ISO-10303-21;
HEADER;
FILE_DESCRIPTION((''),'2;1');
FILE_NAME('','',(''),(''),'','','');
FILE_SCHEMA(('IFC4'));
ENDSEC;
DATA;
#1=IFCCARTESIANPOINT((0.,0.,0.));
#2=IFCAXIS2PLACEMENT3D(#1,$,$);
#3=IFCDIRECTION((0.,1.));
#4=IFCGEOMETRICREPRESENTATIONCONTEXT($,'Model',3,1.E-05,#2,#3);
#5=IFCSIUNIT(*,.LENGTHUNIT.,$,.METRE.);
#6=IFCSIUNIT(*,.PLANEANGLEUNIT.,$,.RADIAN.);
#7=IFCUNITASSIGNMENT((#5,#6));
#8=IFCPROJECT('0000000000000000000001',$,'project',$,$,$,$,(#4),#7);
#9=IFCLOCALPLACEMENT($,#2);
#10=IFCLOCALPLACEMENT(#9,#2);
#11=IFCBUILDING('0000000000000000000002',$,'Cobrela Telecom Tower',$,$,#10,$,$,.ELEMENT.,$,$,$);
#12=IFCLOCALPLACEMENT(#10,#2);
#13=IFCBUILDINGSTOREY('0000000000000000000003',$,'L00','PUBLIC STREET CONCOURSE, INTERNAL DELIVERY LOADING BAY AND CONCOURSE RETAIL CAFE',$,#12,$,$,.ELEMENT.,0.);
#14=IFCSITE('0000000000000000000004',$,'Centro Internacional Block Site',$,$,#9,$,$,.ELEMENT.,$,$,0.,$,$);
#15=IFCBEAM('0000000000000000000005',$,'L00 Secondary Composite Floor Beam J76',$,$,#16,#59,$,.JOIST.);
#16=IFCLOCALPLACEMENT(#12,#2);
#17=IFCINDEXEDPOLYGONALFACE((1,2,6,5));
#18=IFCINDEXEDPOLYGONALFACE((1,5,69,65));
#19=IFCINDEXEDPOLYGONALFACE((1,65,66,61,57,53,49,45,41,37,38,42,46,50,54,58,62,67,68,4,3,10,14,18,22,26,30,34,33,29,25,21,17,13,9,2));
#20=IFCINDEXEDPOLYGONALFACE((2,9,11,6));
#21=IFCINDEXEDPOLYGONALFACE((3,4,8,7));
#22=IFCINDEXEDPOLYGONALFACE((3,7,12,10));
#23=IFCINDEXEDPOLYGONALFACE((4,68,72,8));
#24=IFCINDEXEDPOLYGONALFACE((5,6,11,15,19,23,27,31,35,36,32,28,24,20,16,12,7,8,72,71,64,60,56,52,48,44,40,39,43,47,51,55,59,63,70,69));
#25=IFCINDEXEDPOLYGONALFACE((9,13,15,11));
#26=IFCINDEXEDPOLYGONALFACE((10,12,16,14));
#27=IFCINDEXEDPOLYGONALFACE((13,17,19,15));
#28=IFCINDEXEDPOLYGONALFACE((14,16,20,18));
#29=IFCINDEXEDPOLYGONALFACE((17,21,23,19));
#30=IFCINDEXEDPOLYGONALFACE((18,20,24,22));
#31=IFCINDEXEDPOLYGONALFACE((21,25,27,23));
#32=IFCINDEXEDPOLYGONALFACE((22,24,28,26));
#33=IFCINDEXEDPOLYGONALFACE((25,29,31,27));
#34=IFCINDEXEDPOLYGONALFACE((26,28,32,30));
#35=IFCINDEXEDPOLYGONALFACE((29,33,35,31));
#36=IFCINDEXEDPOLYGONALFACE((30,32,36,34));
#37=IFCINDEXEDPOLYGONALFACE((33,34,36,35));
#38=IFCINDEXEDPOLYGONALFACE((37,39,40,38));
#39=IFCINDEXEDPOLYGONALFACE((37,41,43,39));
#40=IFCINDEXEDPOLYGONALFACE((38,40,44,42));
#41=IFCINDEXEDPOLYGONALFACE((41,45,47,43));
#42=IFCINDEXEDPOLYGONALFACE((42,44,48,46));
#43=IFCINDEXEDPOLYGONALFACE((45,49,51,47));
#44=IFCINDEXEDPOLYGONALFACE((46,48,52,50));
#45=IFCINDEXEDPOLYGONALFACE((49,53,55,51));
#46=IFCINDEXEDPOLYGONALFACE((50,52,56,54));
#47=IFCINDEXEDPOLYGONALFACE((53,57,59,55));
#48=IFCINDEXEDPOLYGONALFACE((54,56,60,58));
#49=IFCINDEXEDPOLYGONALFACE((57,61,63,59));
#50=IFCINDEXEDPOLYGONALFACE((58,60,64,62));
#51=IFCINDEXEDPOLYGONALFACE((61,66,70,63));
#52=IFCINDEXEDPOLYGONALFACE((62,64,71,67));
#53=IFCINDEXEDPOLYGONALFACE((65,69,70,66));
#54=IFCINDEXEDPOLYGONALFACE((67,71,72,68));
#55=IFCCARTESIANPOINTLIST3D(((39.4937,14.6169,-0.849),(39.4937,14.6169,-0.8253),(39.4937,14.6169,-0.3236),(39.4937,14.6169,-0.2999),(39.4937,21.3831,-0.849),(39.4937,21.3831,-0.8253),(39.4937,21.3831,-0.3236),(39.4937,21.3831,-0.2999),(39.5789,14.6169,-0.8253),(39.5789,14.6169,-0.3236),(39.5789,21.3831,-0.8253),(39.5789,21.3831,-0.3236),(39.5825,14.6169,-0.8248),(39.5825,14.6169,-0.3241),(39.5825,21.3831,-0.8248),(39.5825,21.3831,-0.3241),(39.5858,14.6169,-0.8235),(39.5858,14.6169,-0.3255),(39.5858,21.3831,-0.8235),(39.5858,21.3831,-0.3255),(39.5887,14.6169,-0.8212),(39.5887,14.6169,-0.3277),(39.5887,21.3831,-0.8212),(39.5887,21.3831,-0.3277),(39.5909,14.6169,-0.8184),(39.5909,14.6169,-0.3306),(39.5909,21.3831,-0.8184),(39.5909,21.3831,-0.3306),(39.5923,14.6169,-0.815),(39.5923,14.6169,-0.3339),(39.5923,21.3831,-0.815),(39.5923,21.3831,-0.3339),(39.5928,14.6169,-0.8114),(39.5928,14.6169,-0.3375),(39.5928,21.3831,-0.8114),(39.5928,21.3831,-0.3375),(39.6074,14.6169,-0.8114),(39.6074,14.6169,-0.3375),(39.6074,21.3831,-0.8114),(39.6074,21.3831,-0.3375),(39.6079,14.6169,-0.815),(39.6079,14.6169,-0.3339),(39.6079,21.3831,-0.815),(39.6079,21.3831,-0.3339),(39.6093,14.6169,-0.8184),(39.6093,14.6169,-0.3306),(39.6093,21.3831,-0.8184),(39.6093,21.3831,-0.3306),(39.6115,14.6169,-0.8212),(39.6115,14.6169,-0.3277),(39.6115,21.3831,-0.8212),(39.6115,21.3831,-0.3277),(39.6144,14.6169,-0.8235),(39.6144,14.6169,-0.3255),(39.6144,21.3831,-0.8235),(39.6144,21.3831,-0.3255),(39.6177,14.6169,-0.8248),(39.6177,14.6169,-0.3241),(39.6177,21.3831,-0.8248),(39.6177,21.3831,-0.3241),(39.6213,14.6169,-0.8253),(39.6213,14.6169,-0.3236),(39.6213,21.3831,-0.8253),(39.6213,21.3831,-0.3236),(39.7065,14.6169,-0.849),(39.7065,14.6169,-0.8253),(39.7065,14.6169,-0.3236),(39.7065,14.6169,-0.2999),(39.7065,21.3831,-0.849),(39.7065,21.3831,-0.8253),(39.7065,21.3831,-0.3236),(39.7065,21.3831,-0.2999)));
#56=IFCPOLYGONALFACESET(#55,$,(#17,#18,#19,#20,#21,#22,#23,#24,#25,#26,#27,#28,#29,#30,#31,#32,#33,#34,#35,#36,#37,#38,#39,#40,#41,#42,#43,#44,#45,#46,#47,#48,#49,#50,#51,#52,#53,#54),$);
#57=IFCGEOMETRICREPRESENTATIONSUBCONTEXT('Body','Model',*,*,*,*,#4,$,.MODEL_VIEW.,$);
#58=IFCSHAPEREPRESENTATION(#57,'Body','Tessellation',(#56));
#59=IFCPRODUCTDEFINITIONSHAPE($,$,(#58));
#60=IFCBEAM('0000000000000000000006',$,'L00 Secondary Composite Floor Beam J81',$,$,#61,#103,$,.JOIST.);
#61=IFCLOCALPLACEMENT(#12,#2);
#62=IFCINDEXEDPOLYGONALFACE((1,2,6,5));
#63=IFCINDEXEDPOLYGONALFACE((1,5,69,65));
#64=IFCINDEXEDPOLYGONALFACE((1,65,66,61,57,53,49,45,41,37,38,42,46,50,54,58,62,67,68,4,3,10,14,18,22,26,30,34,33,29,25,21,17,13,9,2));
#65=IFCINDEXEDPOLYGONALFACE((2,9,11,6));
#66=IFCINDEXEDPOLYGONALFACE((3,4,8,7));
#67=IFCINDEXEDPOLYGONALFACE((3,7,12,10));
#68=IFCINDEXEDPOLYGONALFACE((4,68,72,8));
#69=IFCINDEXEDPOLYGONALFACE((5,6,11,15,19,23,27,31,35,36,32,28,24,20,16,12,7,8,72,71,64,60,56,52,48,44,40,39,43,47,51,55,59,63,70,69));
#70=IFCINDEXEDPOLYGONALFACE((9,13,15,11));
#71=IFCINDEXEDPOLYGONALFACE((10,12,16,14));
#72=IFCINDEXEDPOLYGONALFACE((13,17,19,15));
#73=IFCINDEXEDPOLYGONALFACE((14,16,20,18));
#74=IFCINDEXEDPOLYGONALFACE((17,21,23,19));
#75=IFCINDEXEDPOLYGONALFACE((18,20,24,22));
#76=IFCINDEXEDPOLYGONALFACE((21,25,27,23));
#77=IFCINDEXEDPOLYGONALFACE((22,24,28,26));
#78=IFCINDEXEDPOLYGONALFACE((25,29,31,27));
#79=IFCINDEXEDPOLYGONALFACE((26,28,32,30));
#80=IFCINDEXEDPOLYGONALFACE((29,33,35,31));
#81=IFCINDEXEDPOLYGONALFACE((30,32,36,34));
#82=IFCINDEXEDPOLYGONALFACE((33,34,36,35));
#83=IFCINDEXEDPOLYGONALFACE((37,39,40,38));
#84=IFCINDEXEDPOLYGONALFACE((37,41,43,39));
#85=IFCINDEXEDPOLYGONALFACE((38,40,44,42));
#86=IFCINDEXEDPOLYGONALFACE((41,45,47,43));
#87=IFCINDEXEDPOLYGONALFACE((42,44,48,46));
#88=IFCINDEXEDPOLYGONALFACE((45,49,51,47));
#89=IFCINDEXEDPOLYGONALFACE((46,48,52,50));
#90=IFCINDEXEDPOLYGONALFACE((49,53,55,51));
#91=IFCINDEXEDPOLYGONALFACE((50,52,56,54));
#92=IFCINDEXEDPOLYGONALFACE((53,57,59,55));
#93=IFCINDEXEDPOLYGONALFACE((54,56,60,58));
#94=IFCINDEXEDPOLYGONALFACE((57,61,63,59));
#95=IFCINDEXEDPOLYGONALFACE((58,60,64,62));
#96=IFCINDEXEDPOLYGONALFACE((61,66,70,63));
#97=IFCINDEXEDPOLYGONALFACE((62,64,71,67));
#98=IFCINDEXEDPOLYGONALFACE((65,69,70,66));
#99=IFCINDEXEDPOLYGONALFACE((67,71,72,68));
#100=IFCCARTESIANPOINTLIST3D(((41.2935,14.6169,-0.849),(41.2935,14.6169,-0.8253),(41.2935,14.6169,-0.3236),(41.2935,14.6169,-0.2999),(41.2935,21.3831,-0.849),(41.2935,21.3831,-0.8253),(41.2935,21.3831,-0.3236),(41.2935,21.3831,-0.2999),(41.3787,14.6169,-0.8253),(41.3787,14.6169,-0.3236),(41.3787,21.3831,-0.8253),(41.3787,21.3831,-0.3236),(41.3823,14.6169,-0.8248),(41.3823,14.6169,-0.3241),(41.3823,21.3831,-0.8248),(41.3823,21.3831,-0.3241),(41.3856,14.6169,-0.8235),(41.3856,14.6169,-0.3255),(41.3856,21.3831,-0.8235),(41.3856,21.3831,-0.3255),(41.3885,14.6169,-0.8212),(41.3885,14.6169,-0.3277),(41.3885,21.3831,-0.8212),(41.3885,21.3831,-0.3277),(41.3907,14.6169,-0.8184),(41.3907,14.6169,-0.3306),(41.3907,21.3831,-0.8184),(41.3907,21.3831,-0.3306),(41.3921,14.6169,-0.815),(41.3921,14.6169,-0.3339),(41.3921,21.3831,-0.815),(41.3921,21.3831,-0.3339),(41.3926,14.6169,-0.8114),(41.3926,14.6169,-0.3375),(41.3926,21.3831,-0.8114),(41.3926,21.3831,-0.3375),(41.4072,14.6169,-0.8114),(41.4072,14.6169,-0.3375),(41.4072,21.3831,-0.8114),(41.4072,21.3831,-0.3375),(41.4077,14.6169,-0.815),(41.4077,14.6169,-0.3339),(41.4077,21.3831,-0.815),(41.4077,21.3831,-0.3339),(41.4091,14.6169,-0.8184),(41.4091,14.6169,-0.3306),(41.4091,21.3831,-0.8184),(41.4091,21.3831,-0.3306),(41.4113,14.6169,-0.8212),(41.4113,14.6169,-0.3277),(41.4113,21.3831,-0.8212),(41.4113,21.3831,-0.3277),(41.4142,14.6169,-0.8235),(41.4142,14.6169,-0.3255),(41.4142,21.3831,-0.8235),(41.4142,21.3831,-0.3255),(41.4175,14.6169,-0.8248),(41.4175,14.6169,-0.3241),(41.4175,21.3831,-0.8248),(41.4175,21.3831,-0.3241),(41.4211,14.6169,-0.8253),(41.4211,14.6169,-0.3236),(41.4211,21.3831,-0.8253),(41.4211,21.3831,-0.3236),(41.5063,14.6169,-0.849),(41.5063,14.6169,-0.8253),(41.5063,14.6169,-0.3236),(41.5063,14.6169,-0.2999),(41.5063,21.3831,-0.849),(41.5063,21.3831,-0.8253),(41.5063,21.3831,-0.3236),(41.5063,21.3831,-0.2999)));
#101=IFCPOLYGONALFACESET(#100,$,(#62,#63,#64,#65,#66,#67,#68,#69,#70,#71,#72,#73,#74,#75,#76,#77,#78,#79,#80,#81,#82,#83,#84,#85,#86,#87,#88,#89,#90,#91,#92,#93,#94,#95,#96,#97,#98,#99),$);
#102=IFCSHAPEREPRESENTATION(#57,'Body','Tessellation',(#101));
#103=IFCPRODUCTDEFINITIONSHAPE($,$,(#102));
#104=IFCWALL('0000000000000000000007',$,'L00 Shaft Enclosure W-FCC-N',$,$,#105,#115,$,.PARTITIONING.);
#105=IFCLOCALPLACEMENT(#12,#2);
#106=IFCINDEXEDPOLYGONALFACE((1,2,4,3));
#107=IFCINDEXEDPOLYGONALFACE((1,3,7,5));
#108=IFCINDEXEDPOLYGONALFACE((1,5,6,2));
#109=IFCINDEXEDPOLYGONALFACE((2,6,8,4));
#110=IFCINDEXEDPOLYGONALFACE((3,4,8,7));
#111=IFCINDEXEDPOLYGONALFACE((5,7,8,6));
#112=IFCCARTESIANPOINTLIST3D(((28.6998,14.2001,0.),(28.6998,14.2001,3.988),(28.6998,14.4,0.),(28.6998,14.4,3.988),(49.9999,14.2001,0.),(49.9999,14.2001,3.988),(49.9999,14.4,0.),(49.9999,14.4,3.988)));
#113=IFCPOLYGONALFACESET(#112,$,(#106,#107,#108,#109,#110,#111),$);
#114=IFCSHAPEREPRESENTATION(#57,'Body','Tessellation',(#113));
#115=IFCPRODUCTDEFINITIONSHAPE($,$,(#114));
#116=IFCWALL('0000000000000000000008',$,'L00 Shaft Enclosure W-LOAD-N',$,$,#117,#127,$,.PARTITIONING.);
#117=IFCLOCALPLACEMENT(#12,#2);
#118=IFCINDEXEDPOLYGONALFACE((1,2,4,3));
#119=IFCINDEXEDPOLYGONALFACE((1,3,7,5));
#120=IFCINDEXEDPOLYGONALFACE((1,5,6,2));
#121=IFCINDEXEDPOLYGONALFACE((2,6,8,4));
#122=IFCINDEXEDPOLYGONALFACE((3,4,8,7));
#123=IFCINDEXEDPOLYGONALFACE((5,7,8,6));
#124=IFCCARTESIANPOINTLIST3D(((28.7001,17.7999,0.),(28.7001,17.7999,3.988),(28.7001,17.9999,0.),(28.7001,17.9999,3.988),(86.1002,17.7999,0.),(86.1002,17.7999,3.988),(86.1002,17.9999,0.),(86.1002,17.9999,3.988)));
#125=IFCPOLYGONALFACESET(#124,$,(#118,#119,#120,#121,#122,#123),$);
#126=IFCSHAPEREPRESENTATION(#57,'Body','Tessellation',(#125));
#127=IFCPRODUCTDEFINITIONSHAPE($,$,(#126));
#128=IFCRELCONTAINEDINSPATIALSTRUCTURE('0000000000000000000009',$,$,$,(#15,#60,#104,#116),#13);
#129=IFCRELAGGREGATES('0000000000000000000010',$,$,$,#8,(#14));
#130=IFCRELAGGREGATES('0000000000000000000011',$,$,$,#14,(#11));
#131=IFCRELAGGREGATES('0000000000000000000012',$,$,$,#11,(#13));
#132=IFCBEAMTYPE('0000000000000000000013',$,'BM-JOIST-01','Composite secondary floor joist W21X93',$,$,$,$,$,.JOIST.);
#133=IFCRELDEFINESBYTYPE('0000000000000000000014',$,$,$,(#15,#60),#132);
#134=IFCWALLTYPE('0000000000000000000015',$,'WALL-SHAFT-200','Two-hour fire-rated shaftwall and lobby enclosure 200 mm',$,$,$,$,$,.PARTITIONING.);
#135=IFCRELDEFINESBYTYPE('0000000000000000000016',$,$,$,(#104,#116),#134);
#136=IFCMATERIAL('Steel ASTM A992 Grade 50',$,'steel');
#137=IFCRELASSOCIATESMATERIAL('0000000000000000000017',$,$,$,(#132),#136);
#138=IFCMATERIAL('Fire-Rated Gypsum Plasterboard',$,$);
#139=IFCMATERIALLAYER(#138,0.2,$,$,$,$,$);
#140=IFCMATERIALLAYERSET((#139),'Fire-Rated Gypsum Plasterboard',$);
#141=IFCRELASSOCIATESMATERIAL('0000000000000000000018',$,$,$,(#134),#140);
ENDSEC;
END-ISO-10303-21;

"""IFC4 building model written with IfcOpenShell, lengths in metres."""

from ifc_helpers import new_model, si_unit, direction, frame, frame_2d, origin, origin_2d, place, context, subcontext, project, spatial, rectangle, i_section, extrude, material, layer, layer_set, material_profile, profile_set, type_object, element, save


model = new_model("IFC4")

# Units and contexts
model_context = context("Model", 3, precision=1e-05, world=origin(), true_north=direction((0.0, 1.0)))
body_context = subcontext(model_context, "Body", "Model", "MODEL_VIEW")
ifc_project = project(units=[si_unit("LENGTHUNIT", "METRE"), si_unit("PLANEANGLEUNIT", "RADIAN")], contexts=[model_context])

# Site, building, storey
site_placement = place(None, origin())
site = spatial("IfcSite", under=ifc_project, at=site_placement, Name="Centro Internacional Block Site", CompositionType="ELEMENT", RefElevation=0.0)
building_placement = place(site_placement, origin())
building = spatial("IfcBuilding", under=site, at=building_placement, Name="Cobrela Telecom Tower", CompositionType="ELEMENT")
storey_placement = place(building_placement, origin())
storey = spatial("IfcBuildingStorey", under=building, at=storey_placement, Name="L00", Description="PUBLIC STREET CONCOURSE, INTERNAL DELIVERY LOADING BAY AND CONCOURSE RETAIL CAFE", CompositionType="ELEMENT", Elevation=0.0)

# Beams
ifc_material_1 = material(Name="Steel ASTM A992 Grade 50", Category="steel")
ifc_material_profile_1 = material_profile(ifc_material_1, i_section(OverallWidth=0.2129, OverallDepth=0.5491, WebThickness=0.0146, FlangeThickness=0.0237, FilletRadius=0.0139, at=origin_2d()), Name="W21X93")
ifc_profile_set_1 = profile_set([ifc_material_profile_1], Name="Steel ASTM A992 Grade 50")
beam_type_1 = type_object("IfcBeamType", Name="BM-JOIST-01", Description="Composite secondary floor joist W21X93", PredefinedType="JOIST", material=ifc_profile_set_1)
for number, where, z_axis, x_axis, name in (
    (1, (39.6001, 14.6169, -0.5745), (0.0, 1.0, 0.0), (-1.0, 0.0, 0.0), "L00 Secondary Composite Floor Beam J76"),
    (2, (41.3999, 14.6169, -0.5745), (0.0, 1.0, 0.0), (-1.0, 0.0, 0.0), "L00 Secondary Composite Floor Beam J81"),
):
    element("IfcBeam", number, at=place(storey_placement, frame(where, z_axis=z_axis, x_axis=x_axis)), inside=storey, type_object=beam_type_1, Name=name, PredefinedType="JOIST", context=body_context, shape_type="SweptSolid", body=[
        extrude(i_section(OverallWidth=0.2129, OverallDepth=0.5491, WebThickness=0.0146, FlangeThickness=0.0237, FilletRadius=0.0139, at=origin_2d()), origin(), (0.0, 0.0, 1.0), 6.7661),
    ])

# Walls
ifc_material_2 = material(Name="Fire-Rated Gypsum Plasterboard")
ifc_layer = layer(ifc_material_2, 0.2)
ifc_layer_set = layer_set([ifc_layer], Name="Fire-Rated Gypsum Plasterboard")
wall_type = type_object("IfcWallType", Name="WALL-SHAFT-200", Description="Two-hour fire-rated shaftwall and lobby enclosure 200 mm", PredefinedType="PARTITIONING", material=ifc_layer_set)
wall_1_placement = place(storey_placement, frame((28.7, 14.3, 0.0), z_axis=(0.0, 0.0, 1.0), x_axis=(1.0, 0.0, 0.0)))
element("IfcWall", 3, at=wall_1_placement, inside=storey, type_object=wall_type, Name="L00 Shaft Enclosure W-FCC-N", PredefinedType="PARTITIONING", context=body_context, shape_type="SweptSolid", body=[
    extrude(rectangle(XDim=21.3, YDim=0.2, at=frame_2d((10.6499, 0.0))), origin(), (0.0, 0.0, 1.0), 3.988),
])
wall_2_placement = place(storey_placement, frame((28.7, 17.8999, 0.0), z_axis=(0.0, 0.0, 1.0), x_axis=(1.0, 0.0, 0.0)))
element("IfcWall", 4, at=wall_2_placement, inside=storey, type_object=wall_type, Name="L00 Shaft Enclosure W-LOAD-N", PredefinedType="PARTITIONING", context=body_context, shape_type="SweptSolid", body=[
    extrude(rectangle(XDim=57.4001, YDim=0.2, at=frame_2d((28.7002, 0.0))), origin(), (0.0, 0.0, 1.0), 3.988),
])

save(model, "model.ifc")
